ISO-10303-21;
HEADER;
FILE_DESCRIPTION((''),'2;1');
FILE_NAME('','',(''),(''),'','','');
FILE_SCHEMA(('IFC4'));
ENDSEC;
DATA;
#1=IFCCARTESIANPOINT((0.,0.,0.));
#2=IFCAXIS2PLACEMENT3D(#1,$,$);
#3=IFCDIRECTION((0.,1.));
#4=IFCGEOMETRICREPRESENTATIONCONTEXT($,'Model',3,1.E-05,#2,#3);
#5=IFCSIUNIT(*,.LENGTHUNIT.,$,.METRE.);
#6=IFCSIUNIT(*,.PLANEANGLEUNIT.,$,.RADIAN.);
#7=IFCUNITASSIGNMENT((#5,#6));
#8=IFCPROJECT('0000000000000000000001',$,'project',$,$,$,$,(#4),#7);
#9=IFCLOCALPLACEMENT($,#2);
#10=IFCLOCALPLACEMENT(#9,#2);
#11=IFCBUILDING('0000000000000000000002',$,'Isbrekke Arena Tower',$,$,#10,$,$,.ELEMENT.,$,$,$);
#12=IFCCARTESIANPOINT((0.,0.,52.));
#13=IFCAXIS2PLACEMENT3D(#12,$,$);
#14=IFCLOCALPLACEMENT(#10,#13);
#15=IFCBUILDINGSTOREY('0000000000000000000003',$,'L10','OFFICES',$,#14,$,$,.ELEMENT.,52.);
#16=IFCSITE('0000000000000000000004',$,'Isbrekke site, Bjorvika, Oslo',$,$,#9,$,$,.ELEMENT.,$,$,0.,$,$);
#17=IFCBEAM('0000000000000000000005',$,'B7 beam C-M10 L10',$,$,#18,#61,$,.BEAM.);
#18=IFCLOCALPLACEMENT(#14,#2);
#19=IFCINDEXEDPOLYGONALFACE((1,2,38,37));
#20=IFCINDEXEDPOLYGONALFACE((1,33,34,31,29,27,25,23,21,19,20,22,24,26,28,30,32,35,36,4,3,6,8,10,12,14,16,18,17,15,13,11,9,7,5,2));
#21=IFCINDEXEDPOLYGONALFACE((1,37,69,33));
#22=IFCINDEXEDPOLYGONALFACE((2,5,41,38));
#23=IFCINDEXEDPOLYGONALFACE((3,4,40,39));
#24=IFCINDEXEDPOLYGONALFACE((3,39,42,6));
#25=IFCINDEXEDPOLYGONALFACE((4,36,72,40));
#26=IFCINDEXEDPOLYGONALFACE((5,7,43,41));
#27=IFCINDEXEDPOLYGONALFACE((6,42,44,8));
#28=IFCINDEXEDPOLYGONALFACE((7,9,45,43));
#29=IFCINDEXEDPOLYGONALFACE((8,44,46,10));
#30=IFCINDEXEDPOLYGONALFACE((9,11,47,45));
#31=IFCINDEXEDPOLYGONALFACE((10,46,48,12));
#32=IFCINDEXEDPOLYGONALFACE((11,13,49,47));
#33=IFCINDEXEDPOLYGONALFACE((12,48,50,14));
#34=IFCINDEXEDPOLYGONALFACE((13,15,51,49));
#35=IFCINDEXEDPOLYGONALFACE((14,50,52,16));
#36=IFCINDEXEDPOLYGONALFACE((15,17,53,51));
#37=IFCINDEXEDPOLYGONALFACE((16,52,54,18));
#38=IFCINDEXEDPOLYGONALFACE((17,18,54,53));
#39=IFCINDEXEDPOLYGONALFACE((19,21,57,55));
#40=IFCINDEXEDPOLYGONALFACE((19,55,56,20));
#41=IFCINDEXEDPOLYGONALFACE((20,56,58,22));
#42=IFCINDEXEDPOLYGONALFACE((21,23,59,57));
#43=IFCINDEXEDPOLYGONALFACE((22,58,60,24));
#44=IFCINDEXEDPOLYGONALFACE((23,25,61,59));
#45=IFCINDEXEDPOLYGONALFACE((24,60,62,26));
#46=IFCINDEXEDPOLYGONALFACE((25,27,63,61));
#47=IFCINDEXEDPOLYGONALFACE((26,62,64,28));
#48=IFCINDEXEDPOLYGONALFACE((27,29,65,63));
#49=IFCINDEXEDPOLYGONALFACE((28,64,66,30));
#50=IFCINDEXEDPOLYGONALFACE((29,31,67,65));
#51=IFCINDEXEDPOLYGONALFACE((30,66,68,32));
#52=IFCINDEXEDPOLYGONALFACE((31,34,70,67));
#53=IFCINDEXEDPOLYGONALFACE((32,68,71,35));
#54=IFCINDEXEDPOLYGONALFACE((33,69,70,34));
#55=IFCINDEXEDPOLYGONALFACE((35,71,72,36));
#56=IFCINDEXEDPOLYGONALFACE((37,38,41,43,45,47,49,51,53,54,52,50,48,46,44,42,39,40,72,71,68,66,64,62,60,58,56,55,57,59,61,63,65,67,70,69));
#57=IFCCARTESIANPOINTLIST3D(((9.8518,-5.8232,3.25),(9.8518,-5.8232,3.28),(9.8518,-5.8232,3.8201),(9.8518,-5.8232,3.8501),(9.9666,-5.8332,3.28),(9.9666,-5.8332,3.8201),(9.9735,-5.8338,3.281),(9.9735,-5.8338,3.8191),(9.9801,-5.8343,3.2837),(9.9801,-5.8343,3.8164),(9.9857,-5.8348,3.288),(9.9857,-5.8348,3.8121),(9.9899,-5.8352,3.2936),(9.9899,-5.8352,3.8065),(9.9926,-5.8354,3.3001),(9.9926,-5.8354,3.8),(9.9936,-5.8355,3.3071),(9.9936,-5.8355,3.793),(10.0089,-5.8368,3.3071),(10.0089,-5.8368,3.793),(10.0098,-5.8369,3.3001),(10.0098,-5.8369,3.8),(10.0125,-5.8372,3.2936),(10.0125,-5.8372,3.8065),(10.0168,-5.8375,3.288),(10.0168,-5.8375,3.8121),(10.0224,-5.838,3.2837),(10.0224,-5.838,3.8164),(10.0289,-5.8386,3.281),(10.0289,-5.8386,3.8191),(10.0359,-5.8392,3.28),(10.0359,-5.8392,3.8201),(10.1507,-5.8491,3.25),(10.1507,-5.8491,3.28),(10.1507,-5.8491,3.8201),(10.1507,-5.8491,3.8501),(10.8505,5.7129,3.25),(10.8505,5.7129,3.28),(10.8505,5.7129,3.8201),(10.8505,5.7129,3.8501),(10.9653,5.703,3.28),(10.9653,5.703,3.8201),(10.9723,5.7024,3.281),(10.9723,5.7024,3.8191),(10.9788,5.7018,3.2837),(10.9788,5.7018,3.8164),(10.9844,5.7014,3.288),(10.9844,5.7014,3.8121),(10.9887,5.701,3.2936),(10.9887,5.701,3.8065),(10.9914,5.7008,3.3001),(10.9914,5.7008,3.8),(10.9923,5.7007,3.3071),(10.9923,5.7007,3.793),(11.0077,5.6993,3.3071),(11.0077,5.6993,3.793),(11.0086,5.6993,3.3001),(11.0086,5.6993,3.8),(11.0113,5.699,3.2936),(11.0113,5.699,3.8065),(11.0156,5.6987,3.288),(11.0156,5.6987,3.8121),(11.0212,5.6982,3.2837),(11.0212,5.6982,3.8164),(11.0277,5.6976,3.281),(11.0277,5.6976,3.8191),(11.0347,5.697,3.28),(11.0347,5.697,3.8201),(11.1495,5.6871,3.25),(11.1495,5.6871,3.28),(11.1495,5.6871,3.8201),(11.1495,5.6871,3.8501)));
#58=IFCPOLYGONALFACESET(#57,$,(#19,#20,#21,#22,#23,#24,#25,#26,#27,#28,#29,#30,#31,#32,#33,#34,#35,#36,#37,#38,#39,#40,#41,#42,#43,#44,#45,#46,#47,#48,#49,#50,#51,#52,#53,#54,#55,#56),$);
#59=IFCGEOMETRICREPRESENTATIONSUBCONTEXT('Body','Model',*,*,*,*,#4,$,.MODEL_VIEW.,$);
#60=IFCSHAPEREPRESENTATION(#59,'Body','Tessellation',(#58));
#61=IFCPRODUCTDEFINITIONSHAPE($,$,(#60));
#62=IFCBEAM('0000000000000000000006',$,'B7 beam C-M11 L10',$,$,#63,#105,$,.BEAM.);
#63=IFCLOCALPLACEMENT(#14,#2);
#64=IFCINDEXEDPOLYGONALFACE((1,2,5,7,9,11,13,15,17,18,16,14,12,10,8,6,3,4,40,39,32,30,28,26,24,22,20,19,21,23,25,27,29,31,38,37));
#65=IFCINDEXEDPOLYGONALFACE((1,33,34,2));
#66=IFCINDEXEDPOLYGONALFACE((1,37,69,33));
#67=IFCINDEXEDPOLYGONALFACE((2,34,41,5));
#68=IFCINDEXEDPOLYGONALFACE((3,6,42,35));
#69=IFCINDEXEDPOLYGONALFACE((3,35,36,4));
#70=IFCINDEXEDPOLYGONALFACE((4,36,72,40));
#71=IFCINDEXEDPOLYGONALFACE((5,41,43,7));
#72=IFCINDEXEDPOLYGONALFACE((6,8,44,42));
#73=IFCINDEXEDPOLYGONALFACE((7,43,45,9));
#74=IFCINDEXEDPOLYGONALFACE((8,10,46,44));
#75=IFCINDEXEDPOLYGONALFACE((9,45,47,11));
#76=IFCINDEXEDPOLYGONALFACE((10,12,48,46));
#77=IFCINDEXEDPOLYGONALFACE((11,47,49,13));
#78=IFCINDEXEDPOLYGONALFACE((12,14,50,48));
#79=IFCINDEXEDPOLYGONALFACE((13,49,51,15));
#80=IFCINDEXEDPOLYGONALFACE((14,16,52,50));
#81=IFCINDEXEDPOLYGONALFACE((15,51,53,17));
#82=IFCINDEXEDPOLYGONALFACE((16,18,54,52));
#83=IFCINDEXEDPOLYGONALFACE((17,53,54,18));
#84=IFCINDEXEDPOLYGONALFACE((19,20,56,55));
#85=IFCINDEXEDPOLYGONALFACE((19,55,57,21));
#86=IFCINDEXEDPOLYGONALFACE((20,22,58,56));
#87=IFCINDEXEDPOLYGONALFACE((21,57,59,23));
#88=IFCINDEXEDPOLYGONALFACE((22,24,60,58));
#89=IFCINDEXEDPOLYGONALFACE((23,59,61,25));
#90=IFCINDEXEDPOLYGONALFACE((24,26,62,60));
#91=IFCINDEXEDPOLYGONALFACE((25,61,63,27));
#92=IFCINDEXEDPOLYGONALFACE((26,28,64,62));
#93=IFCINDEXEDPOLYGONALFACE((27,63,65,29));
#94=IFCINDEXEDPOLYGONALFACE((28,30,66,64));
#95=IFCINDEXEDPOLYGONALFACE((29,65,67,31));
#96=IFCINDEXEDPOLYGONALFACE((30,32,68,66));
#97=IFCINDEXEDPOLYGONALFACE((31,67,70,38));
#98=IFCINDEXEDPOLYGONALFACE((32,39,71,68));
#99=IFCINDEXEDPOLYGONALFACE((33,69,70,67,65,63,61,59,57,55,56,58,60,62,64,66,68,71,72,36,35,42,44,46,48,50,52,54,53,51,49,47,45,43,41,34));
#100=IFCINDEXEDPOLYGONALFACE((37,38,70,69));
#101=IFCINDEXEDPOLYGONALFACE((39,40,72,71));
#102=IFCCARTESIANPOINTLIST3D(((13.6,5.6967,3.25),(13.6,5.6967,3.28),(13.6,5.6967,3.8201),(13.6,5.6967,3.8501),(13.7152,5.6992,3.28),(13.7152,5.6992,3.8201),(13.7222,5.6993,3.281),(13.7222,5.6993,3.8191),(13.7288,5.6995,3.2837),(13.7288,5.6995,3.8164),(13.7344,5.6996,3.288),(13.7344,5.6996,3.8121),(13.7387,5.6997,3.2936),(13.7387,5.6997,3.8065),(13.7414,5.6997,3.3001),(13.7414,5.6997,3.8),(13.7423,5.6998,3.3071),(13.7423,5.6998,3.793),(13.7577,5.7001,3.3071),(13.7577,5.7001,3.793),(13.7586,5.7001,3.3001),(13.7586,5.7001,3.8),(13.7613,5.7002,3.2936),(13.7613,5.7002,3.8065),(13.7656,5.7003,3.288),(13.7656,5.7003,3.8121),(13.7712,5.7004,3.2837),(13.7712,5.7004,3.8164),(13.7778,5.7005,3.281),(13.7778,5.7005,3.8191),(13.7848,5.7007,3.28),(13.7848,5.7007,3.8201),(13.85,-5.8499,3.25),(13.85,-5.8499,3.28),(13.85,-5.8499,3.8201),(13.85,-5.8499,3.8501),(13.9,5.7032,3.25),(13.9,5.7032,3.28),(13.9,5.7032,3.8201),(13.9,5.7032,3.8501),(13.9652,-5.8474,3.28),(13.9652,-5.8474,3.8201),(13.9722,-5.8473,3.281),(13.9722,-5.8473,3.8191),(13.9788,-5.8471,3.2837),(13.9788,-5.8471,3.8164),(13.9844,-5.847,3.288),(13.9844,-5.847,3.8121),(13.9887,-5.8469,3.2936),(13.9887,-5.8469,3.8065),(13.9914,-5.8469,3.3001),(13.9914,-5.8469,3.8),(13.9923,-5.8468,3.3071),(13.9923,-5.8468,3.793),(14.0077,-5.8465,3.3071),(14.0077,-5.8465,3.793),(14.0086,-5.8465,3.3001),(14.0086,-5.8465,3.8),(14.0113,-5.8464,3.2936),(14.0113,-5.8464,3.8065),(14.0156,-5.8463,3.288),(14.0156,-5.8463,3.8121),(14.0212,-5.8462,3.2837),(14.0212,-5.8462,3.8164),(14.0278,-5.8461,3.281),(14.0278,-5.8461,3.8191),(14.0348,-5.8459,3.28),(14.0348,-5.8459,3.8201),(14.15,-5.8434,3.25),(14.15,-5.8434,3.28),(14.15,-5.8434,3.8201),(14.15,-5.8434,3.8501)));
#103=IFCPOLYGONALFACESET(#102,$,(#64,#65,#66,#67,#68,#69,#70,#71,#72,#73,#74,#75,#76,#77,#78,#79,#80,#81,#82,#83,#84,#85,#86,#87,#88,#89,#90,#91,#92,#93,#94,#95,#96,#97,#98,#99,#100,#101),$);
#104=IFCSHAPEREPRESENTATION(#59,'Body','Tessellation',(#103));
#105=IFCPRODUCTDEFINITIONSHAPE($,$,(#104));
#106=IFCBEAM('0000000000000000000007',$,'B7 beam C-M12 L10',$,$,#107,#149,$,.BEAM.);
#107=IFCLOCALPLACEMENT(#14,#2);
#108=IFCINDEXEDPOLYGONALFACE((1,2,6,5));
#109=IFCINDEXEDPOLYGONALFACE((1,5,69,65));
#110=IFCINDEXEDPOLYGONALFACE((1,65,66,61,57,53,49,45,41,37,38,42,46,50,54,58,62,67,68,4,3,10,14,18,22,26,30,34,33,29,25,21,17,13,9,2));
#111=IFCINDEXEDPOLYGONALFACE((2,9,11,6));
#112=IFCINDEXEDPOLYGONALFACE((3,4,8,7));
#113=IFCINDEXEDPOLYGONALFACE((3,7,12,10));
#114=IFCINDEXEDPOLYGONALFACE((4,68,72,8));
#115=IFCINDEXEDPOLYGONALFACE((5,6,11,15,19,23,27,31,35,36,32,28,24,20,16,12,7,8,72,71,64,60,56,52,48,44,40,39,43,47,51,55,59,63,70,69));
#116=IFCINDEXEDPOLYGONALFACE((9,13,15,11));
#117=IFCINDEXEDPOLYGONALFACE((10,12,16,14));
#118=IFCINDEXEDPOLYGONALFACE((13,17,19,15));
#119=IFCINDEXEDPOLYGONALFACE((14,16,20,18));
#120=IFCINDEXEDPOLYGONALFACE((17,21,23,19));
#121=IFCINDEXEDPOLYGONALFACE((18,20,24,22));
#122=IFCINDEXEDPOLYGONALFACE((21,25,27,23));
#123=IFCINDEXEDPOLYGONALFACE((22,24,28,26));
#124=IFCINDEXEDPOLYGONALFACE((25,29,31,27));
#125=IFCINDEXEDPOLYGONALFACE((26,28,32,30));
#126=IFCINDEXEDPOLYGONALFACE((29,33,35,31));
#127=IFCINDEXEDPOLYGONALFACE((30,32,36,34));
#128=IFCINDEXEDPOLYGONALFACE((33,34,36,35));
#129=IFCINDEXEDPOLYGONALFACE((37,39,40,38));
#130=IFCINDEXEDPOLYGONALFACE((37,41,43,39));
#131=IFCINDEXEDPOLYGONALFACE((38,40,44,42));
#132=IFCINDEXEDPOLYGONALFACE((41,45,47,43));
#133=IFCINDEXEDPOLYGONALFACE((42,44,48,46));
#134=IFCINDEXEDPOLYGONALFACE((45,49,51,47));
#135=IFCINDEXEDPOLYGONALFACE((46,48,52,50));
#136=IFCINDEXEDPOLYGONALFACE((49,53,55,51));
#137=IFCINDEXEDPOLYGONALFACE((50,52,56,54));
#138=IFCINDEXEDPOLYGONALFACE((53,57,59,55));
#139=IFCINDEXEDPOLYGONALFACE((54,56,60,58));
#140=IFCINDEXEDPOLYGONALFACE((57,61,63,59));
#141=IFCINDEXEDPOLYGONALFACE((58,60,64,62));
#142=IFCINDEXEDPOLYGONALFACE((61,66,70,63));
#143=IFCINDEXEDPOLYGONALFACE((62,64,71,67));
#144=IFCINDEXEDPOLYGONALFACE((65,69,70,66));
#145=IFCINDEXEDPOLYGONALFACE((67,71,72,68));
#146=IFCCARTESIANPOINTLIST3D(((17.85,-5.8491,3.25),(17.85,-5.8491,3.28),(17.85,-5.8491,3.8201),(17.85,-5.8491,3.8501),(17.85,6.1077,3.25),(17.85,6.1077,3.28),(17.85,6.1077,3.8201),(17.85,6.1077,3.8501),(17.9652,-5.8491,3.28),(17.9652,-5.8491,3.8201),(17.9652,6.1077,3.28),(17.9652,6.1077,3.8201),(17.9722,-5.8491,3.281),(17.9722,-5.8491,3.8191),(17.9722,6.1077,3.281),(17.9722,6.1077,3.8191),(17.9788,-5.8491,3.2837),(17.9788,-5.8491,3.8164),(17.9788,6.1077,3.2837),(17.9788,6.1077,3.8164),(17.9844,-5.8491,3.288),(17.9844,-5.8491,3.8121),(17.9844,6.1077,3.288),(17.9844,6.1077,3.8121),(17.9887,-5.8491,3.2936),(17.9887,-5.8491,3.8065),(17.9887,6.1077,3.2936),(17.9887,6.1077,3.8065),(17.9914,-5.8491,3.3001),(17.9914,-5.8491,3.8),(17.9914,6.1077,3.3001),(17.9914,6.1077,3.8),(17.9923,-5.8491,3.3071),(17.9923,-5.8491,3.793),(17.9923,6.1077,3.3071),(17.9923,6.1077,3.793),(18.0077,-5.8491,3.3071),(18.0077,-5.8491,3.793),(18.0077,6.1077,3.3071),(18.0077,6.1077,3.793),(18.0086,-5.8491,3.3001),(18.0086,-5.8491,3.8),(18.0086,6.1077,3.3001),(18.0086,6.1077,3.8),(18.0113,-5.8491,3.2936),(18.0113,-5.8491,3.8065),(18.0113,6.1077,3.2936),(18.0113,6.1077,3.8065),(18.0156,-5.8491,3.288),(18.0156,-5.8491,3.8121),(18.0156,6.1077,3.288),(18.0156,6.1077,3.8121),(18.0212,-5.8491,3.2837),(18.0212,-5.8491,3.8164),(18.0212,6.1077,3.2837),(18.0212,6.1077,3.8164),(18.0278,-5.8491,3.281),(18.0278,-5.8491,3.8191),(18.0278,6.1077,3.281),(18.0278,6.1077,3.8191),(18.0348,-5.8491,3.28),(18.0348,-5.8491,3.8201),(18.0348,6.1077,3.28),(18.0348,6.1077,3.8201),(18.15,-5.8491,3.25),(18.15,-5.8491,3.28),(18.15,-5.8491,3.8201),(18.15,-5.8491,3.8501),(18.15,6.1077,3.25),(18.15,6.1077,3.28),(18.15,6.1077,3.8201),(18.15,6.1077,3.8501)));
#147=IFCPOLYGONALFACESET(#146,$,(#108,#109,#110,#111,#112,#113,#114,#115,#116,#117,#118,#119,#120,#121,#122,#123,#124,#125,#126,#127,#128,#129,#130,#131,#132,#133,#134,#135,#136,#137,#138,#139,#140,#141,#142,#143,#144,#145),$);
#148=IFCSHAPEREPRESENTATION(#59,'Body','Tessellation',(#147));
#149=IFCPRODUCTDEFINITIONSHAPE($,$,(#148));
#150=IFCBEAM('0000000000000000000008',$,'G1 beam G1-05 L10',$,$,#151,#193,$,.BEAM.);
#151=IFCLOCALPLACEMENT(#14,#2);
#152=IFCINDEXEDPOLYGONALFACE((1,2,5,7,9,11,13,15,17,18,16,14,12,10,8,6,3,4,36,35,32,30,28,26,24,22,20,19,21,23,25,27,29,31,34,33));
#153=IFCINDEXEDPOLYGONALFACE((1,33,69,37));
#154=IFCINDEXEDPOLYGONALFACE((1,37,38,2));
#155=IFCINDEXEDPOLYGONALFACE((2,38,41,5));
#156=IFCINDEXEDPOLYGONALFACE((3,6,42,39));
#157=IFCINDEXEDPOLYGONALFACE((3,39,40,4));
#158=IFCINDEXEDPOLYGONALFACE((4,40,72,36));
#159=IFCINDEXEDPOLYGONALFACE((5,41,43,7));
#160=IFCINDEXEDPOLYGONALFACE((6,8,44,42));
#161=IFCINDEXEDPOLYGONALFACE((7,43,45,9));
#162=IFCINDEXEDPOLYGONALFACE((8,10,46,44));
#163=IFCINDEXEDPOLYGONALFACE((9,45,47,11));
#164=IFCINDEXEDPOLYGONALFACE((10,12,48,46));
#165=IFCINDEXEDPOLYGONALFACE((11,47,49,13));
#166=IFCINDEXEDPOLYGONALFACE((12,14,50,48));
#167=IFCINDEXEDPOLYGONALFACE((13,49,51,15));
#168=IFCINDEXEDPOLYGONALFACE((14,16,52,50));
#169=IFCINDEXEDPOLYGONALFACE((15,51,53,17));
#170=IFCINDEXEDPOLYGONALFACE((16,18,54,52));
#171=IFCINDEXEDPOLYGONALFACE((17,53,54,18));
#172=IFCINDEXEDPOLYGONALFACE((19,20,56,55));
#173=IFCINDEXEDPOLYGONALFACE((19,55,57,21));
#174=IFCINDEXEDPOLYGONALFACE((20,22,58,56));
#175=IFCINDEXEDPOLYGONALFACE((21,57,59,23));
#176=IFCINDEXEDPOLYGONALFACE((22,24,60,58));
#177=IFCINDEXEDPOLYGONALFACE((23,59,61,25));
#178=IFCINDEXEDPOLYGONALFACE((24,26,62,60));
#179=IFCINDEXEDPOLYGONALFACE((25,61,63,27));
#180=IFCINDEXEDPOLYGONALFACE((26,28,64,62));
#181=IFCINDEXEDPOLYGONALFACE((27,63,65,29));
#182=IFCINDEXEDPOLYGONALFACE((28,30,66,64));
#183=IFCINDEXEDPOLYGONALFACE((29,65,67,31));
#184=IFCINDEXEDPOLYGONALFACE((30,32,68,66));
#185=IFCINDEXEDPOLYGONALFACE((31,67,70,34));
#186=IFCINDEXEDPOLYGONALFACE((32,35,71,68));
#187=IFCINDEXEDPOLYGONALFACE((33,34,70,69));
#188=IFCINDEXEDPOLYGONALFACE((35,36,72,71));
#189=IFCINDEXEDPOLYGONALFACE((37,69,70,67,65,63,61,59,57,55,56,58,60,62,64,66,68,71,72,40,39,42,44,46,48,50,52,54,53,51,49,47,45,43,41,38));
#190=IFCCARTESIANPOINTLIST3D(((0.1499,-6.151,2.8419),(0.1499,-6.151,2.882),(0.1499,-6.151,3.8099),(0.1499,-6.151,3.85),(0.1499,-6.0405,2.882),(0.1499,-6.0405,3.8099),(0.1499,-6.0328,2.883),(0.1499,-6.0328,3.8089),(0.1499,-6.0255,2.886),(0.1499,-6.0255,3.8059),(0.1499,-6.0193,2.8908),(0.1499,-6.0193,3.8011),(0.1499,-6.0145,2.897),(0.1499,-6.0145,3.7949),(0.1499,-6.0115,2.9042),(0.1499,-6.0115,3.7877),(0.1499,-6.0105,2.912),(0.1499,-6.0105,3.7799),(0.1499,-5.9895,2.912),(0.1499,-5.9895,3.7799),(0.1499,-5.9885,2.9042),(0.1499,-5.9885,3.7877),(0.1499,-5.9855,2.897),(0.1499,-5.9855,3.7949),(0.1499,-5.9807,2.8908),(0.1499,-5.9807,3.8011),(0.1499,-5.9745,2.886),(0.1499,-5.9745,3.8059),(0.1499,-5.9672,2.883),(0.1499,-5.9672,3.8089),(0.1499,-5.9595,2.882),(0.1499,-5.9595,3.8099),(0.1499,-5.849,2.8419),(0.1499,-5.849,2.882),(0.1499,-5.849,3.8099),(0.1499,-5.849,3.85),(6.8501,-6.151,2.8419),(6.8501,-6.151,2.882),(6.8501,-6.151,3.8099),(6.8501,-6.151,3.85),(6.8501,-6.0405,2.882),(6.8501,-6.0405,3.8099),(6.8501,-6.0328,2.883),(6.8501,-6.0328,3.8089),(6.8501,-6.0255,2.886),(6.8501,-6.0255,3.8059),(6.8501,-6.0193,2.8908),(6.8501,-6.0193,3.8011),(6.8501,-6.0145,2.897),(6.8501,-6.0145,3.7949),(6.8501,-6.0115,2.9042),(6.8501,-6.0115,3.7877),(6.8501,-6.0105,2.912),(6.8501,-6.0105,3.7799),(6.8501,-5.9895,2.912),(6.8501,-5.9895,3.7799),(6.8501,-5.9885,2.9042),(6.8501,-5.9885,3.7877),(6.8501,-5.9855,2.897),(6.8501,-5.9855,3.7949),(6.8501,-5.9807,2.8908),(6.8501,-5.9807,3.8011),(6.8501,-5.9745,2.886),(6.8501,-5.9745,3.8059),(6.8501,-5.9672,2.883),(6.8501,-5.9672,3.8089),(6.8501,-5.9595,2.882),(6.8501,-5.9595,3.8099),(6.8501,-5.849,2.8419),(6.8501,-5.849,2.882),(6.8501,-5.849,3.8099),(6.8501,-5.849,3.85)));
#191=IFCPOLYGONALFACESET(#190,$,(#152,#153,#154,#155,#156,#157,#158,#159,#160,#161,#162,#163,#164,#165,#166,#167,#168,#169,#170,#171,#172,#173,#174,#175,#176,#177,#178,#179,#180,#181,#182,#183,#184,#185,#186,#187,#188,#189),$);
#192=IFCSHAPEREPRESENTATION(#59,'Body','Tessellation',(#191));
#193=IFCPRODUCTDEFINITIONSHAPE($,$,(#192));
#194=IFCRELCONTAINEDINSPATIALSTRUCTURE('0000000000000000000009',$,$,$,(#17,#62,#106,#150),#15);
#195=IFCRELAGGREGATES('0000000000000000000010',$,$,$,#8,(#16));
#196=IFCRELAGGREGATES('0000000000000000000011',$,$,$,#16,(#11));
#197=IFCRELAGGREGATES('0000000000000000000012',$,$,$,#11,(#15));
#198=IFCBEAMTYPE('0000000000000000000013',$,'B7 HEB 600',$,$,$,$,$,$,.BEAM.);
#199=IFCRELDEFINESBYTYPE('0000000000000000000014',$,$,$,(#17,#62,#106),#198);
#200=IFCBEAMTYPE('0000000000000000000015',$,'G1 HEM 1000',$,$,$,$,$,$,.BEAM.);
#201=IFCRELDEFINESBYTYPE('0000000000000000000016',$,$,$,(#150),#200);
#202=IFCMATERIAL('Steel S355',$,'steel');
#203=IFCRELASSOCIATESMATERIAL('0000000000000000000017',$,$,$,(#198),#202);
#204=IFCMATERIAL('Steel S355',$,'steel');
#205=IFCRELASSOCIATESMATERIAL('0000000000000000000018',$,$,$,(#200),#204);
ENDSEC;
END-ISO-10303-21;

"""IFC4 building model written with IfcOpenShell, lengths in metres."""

from ifc_helpers import new_model, si_unit, direction, frame, origin, origin_2d, place, context, subcontext, project, spatial, i_section, extrude, material, material_profile, profile_set, type_object, element, save


model = new_model("IFC4")

# Units and contexts
model_context = context("Model", 3, precision=1e-05, world=origin(), true_north=direction((0.0, 1.0)))
body_context = subcontext(model_context, "Body", "Model", "MODEL_VIEW")
ifc_project = project(units=[si_unit("LENGTHUNIT", "METRE"), si_unit("PLANEANGLEUNIT", "RADIAN")], contexts=[model_context])

# Site, building, storey
site_placement = place(None, origin())
site = spatial("IfcSite", under=ifc_project, at=site_placement, Name="Isbrekke site, Bjorvika, Oslo", CompositionType="ELEMENT", RefElevation=0.0)
building_placement = place(site_placement, origin())
building = spatial("IfcBuilding", under=site, at=building_placement, Name="Isbrekke Arena Tower", CompositionType="ELEMENT")
storey_placement = place(building_placement, frame((0.0, 0.0, 52.0)))
storey = spatial("IfcBuildingStorey", under=building, at=storey_placement, Name="L10", Description="OFFICES", CompositionType="ELEMENT", Elevation=52.0)

# Beams
ifc_material_1 = material(Name="Steel S355", Category="steel")
ifc_material_profile_1 = material_profile(ifc_material_1, i_section(OverallWidth=0.3, OverallDepth=0.6001, WebThickness=0.0154, FlangeThickness=0.03, FilletRadius=0.0271, at=origin_2d()), Name="HEB 600")
ifc_profile_set_1 = profile_set([ifc_material_profile_1], Name="Steel S355")
beam_type_1 = type_object("IfcBeamType", Name="B7 HEB 600", PredefinedType="BEAM", material=ifc_profile_set_1)
beam_1_placement = place(storey_placement, frame((10.0012, -5.8362, 3.55), z_axis=(0.086256, 0.996273, 0.0), x_axis=(-0.996273, 0.086256, 0.0)))
element("IfcBeam", 1, at=beam_1_placement, inside=storey, type_object=beam_type_1, Name="B7 beam C-M10 L10", PredefinedType="BEAM", context=body_context, shape_type="SweptSolid", body=[
    extrude(i_section(OverallWidth=0.3, OverallDepth=0.6001, WebThickness=0.0154, FlangeThickness=0.03, FilletRadius=0.0271, at=origin_2d()), origin(), (0.0, 0.0, 1.0), 11.5793),
])
beam_2_placement = place(storey_placement, frame((14.0, -5.8467, 3.55), z_axis=(-0.021646, 0.999766, 0.0), x_axis=(-0.999766, -0.021646, 0.0)))
element("IfcBeam", 2, at=beam_2_placement, inside=storey, type_object=beam_type_1, Name="B7 beam C-M11 L10", PredefinedType="BEAM", context=body_context, shape_type="SweptSolid", body=[
    extrude(i_section(OverallWidth=0.3, OverallDepth=0.6001, WebThickness=0.0154, FlangeThickness=0.03, FilletRadius=0.0271, at=origin_2d()), origin(), (0.0, 0.0, 1.0), 11.5493),
])
beam_3_placement = place(storey_placement, frame((18.0, -5.8491, 3.55), z_axis=(0.0, 1.0, 0.0), x_axis=(-1.0, 0.0, 0.0)))
element("IfcBeam", 3, at=beam_3_placement, inside=storey, type_object=beam_type_1, Name="B7 beam C-M12 L10", PredefinedType="BEAM", context=body_context, shape_type="SweptSolid", body=[
    extrude(i_section(OverallWidth=0.3, OverallDepth=0.6001, WebThickness=0.0154, FlangeThickness=0.03, FilletRadius=0.0271, at=origin_2d()), origin(), (0.0, 0.0, 1.0), 11.9568),
])
ifc_material_2 = material(Name="Steel S355", Category="steel")
ifc_material_profile_2 = material_profile(ifc_material_2, i_section(OverallWidth=0.302, OverallDepth=1.0081, WebThickness=0.021, FlangeThickness=0.04, FilletRadius=0.03, at=origin_2d()), Name="HEM 1000")
ifc_profile_set_2 = profile_set([ifc_material_profile_2], Name="Steel S355")
beam_type_2 = type_object("IfcBeamType", Name="G1 HEM 1000", PredefinedType="BEAM", material=ifc_profile_set_2)
for number, where, z_axis, x_axis, name in (
    (4, (0.1499, -6.0, 3.3459), (1.0, 0.0, 0.0), (0.0, 1.0, 0.0), "G1 beam G1-05 L10"),
):
    element("IfcBeam", number, at=place(storey_placement, frame(where, z_axis=z_axis, x_axis=x_axis)), inside=storey, type_object=beam_type_2, Name=name, PredefinedType="BEAM", context=body_context, shape_type="SweptSolid", body=[
        extrude(i_section(OverallWidth=0.302, OverallDepth=1.0081, WebThickness=0.021, FlangeThickness=0.04, FilletRadius=0.03, at=origin_2d()), origin(), (0.0, 0.0, 1.0), 6.7002),
    ])

save(model, "model.ifc")
